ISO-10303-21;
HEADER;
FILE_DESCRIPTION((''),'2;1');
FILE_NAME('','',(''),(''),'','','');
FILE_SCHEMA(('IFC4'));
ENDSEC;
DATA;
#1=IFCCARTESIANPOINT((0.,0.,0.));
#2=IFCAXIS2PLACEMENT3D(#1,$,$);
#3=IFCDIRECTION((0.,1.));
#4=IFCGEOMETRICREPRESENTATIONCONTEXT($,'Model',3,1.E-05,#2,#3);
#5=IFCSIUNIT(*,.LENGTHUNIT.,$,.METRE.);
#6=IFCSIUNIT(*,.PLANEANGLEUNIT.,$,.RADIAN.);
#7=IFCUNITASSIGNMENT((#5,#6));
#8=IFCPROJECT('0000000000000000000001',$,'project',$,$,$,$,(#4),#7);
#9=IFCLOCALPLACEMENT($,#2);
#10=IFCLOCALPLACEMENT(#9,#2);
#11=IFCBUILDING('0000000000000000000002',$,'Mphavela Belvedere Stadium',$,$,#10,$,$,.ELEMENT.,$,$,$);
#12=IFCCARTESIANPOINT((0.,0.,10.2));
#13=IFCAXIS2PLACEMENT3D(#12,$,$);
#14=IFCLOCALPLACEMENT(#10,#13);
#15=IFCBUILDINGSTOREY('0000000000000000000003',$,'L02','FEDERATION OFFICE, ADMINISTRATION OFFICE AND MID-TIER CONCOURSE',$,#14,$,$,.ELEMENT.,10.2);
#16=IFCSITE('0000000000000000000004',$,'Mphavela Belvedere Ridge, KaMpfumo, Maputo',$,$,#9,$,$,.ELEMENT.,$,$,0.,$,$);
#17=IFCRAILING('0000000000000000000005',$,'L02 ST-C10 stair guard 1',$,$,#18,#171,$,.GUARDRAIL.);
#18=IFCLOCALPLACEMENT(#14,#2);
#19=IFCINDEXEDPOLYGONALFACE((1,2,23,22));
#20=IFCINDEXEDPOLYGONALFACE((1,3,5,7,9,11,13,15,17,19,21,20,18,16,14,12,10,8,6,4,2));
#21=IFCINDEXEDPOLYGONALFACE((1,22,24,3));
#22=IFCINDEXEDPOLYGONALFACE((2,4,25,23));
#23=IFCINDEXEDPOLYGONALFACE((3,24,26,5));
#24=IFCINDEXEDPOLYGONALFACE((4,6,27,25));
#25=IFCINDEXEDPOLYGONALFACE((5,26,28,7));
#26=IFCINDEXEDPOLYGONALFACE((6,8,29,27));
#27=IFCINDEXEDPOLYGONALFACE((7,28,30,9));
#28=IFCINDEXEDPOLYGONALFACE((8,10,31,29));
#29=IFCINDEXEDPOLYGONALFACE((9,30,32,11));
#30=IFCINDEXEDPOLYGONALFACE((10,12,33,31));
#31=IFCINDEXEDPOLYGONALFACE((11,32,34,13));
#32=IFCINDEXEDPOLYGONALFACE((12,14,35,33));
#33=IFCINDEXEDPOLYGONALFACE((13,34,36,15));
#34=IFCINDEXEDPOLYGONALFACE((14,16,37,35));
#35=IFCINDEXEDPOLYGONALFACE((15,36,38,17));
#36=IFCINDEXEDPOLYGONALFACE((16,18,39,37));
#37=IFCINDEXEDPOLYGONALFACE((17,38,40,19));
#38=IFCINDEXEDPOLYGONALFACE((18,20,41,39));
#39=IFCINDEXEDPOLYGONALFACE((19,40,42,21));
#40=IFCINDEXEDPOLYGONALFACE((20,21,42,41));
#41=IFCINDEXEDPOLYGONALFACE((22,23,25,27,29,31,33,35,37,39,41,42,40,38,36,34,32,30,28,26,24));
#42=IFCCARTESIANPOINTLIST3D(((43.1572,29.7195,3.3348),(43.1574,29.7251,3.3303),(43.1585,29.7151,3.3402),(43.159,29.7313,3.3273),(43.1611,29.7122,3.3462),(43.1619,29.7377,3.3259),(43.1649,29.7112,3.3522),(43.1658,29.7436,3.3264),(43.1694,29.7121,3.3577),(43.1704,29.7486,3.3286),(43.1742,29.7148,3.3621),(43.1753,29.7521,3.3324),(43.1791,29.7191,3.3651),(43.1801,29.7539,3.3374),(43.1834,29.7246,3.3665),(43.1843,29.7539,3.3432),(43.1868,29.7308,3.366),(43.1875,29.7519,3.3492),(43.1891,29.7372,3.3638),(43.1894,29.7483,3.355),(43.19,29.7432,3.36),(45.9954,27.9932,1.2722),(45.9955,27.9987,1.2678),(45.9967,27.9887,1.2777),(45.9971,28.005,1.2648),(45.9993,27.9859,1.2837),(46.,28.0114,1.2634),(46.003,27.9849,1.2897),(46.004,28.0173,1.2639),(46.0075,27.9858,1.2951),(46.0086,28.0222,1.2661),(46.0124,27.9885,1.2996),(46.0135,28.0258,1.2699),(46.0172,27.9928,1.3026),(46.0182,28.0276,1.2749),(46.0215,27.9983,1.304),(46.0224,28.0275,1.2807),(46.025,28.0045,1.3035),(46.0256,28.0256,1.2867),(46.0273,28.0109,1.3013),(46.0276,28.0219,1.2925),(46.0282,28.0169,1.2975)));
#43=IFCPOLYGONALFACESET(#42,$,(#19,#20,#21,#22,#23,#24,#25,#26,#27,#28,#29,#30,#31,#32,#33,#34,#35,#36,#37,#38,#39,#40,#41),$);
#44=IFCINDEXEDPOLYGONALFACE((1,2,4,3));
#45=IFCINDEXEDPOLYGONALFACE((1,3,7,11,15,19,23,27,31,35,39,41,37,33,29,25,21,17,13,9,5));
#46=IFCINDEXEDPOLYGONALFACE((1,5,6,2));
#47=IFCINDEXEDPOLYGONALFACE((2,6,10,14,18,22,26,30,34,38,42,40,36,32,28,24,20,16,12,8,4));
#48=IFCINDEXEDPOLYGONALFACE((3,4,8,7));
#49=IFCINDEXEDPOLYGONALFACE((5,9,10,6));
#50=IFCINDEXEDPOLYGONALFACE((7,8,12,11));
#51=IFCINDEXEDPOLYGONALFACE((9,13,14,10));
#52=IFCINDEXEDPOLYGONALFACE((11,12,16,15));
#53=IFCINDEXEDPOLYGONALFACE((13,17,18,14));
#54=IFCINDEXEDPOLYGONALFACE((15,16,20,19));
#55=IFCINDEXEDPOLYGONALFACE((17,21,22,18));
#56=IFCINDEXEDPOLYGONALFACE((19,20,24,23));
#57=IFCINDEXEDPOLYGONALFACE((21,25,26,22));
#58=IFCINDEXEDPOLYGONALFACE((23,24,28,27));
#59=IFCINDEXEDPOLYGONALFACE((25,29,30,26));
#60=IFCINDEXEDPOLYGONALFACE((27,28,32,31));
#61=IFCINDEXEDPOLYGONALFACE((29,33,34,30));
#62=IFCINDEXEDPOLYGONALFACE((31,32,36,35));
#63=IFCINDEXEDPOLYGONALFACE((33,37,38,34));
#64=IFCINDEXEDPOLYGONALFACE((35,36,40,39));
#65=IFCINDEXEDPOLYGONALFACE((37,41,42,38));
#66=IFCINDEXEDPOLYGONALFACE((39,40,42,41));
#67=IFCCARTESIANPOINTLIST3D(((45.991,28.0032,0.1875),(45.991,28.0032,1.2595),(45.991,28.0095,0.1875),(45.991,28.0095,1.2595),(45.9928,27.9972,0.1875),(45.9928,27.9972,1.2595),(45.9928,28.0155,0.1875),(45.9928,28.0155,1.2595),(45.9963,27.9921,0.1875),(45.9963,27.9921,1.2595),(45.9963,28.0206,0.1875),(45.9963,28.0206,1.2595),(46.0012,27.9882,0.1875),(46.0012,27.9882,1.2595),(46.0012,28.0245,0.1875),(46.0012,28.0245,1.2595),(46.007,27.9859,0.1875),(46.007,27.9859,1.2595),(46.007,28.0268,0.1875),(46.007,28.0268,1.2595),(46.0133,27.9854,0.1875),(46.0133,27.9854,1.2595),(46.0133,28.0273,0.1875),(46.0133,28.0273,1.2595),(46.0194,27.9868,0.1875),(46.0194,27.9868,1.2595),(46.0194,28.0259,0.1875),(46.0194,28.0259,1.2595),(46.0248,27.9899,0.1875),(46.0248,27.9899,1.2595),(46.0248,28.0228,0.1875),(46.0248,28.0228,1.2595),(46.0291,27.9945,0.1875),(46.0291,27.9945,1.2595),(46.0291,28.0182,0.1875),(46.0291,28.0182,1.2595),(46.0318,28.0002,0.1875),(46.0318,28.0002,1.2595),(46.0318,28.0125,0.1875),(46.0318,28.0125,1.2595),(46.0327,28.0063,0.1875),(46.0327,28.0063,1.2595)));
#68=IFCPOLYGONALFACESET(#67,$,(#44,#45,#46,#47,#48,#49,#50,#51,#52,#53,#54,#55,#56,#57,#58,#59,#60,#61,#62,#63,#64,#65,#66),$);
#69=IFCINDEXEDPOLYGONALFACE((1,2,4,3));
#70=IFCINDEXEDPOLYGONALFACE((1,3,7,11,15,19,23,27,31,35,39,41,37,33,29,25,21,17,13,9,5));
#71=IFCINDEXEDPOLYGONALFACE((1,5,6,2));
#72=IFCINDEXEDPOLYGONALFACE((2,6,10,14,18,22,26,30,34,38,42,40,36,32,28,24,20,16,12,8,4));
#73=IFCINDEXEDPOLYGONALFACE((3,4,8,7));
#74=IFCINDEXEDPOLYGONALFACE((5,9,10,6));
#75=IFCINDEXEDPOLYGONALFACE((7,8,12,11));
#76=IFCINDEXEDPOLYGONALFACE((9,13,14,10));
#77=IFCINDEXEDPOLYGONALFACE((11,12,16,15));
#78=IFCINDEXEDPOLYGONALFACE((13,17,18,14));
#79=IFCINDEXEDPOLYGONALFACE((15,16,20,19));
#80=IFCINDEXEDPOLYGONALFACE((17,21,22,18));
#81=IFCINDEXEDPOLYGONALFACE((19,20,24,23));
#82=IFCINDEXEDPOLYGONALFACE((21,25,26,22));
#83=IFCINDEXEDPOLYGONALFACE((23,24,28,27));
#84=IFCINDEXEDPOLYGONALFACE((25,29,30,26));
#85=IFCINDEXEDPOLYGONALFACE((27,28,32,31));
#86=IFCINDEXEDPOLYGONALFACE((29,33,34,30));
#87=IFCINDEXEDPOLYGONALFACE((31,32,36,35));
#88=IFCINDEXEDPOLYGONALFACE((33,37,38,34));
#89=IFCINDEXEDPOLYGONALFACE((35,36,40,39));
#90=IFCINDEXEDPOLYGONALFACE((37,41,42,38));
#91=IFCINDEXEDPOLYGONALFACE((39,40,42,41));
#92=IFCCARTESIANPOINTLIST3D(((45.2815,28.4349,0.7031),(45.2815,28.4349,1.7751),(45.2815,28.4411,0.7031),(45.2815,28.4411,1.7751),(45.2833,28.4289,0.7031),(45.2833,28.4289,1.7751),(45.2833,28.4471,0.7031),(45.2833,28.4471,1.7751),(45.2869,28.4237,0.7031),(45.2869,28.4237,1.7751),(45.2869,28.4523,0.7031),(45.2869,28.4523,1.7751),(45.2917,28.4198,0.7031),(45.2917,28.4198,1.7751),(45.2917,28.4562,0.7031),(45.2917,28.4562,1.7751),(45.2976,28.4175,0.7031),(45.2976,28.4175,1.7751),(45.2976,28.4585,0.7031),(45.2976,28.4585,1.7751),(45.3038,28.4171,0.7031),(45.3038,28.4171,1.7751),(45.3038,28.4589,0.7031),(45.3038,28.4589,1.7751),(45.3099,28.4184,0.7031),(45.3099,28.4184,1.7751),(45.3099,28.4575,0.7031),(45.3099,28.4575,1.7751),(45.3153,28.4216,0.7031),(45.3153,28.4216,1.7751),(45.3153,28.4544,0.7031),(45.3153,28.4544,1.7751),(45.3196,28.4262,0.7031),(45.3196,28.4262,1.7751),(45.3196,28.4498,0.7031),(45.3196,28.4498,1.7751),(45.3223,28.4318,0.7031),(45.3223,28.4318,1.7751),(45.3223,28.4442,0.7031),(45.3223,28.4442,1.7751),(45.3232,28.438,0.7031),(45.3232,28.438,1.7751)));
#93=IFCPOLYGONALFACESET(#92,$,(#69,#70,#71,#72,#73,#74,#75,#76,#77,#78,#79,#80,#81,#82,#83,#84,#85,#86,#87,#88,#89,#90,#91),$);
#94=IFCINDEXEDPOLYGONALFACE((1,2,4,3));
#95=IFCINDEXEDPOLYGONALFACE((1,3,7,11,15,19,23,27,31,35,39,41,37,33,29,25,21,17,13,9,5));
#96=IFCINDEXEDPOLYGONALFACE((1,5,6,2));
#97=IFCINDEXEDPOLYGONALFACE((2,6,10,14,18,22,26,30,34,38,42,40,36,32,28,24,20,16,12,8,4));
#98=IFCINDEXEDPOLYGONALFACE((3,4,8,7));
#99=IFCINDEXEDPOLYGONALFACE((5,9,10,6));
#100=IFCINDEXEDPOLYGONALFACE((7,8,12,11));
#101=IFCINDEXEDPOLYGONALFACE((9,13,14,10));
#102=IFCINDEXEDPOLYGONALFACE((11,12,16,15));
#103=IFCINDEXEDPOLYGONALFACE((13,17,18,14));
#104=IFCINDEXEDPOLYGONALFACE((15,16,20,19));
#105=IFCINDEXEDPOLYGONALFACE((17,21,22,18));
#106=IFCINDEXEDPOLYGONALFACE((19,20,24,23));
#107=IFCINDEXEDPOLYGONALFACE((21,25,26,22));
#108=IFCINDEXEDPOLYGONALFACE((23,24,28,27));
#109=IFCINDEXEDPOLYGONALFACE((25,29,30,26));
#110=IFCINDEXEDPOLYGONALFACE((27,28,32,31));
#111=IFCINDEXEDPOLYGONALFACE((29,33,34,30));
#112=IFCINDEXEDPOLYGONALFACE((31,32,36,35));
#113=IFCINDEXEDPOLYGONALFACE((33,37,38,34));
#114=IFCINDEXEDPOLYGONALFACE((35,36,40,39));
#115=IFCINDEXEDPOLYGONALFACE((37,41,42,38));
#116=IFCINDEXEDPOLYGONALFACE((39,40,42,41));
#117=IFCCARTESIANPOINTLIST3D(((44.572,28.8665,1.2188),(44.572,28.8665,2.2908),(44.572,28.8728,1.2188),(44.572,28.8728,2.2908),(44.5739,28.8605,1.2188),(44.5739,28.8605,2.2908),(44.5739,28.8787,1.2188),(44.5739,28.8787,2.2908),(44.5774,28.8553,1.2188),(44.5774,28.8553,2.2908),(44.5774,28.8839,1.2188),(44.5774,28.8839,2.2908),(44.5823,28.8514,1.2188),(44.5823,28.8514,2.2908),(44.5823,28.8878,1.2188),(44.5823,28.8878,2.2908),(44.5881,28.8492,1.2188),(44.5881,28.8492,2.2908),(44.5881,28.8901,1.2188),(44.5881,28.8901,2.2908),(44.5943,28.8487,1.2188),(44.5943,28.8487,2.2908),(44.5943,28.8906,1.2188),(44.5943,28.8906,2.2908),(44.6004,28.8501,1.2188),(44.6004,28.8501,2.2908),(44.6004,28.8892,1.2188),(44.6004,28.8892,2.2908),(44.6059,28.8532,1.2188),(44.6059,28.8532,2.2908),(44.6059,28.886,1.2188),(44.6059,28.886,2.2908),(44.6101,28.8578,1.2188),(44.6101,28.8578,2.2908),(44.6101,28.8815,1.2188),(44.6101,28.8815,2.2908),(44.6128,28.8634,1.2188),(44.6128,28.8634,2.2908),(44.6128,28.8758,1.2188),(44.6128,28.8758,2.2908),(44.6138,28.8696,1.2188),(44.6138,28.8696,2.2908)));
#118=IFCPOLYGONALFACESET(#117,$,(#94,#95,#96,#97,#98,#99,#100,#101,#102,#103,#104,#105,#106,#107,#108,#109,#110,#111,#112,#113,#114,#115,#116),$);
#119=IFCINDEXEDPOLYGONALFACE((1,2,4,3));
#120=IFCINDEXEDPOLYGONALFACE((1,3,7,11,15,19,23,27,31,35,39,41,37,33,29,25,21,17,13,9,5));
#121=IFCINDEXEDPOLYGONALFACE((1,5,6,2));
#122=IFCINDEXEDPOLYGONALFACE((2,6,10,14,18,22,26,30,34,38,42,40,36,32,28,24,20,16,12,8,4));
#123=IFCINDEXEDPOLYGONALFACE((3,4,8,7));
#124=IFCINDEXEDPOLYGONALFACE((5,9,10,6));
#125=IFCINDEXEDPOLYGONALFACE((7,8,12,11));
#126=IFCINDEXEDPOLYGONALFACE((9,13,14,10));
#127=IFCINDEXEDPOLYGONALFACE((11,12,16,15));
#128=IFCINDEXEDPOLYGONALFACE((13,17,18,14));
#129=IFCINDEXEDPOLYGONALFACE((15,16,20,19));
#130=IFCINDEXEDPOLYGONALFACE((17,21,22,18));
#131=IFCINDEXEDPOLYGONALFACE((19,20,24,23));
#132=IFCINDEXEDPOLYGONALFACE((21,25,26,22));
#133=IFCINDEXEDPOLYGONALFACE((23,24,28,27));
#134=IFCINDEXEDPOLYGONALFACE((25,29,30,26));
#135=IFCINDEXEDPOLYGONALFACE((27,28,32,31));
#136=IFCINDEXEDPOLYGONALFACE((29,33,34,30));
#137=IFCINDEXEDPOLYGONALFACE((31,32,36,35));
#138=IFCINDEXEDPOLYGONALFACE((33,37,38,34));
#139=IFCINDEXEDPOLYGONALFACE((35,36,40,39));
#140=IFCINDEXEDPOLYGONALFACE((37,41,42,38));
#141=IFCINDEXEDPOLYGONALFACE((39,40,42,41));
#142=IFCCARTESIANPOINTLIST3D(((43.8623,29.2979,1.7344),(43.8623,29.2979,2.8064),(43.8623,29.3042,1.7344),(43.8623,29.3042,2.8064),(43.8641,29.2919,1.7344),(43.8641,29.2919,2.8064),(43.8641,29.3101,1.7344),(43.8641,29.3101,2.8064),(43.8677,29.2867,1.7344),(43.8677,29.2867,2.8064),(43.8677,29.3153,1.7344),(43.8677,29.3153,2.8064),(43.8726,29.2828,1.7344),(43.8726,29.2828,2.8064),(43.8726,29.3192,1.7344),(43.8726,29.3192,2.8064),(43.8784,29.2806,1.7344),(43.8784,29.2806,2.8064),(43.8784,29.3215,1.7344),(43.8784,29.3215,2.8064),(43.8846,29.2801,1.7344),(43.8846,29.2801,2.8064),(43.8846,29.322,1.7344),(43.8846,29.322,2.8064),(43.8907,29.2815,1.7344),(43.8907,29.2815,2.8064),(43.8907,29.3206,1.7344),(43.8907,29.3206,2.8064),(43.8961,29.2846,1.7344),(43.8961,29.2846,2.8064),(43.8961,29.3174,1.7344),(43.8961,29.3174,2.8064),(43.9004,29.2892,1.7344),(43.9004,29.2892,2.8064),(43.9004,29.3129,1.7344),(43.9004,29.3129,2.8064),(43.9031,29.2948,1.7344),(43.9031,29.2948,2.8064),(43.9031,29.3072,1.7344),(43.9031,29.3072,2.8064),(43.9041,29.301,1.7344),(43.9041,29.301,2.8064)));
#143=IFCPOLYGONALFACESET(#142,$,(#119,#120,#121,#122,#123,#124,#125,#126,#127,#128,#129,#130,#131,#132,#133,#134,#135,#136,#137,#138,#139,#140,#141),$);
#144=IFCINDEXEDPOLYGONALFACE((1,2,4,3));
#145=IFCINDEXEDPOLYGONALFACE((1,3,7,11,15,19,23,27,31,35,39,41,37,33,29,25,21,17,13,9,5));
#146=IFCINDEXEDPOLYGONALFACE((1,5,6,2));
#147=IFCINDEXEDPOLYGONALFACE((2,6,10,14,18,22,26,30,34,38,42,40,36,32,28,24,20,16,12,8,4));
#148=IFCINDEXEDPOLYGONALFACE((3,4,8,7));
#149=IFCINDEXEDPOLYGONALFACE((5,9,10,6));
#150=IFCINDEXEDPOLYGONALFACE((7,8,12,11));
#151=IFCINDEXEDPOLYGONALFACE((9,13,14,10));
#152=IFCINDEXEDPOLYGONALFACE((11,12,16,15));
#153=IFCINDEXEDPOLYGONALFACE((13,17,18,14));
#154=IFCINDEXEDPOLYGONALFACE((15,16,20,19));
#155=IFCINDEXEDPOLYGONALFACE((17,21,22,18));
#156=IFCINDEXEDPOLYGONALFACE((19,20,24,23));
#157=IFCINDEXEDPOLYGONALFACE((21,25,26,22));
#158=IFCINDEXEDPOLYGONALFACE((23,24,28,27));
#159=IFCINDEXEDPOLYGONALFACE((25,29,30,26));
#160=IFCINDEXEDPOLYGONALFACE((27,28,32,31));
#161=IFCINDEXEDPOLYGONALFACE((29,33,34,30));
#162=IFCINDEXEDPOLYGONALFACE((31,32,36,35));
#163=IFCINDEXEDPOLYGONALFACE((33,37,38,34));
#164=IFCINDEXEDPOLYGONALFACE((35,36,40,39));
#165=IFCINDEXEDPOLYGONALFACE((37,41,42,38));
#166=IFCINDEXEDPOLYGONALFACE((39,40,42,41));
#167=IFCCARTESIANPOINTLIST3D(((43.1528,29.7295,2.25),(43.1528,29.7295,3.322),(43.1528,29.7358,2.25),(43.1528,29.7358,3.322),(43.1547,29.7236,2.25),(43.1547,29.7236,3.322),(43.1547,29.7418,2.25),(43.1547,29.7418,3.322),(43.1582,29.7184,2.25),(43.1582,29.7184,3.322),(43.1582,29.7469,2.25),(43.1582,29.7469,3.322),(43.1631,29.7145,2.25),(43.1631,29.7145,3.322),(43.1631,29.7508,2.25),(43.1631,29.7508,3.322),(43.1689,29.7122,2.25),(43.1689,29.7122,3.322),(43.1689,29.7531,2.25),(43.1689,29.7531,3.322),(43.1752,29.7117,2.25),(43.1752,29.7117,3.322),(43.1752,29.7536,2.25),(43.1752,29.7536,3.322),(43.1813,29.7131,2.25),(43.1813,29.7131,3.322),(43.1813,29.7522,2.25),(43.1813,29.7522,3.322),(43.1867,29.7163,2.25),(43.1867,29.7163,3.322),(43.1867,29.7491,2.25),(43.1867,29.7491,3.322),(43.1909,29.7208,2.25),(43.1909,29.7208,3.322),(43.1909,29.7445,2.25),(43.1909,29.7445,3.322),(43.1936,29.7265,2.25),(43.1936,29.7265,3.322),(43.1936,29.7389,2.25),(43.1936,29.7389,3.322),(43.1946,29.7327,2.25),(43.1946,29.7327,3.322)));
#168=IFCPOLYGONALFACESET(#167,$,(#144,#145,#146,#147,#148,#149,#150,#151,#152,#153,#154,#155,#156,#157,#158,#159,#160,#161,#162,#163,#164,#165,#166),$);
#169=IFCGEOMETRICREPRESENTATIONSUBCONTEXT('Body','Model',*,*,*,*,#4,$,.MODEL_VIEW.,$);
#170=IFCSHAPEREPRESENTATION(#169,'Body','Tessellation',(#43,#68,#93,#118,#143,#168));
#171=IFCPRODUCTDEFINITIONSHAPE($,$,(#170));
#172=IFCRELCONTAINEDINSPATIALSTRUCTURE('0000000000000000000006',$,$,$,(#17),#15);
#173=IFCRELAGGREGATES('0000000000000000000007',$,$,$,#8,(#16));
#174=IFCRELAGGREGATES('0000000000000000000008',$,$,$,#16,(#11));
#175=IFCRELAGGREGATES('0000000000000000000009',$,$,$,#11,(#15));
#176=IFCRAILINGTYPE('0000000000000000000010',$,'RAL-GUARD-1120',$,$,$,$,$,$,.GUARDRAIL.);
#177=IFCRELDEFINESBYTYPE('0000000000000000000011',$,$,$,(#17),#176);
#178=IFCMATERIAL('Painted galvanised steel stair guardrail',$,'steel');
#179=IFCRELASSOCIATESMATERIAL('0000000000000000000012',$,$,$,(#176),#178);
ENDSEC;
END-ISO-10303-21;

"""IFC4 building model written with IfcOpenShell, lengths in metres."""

from ifc_helpers import new_model, si_unit, direction, frame, origin, origin_2d, place, context, subcontext, project, spatial, circle, extrude, material, type_object, element, save


model = new_model("IFC4")

# Units and contexts
model_context = context("Model", 3, precision=1e-05, world=origin(), true_north=direction((0.0, 1.0)))
body_context = subcontext(model_context, "Body", "Model", "MODEL_VIEW")
ifc_project = project(units=[si_unit("LENGTHUNIT", "METRE"), si_unit("PLANEANGLEUNIT", "RADIAN")], contexts=[model_context])

# Site, building, storey
site_placement = place(None, origin())
site = spatial("IfcSite", under=ifc_project, at=site_placement, Name="Mphavela Belvedere Ridge, KaMpfumo, Maputo", CompositionType="ELEMENT", RefElevation=0.0)
building_placement = place(site_placement, origin())
building = spatial("IfcBuilding", under=site, at=building_placement, Name="Mphavela Belvedere Stadium", CompositionType="ELEMENT")
storey_placement = place(building_placement, frame((0.0, 0.0, 10.2)))
storey = spatial("IfcBuildingStorey", under=building, at=storey_placement, Name="L02", Description="FEDERATION OFFICE, ADMINISTRATION OFFICE AND MID-TIER CONCOURSE", CompositionType="ELEMENT", Elevation=10.2)

# Railing
ifc_material_1 = material(Name="Painted galvanised steel stair guardrail", Category="steel")
railing_type_1 = type_object("IfcRailingType", Name="RAL-GUARD-1120", PredefinedType="GUARDRAIL", material=ifc_material_1)
railing_1_placement = place(storey_placement, frame((46.0117, 28.0063, 0.1875)))
element("IfcRailing", 1, at=railing_1_placement, inside=storey, type_object=railing_type_1, Name="L02 ST-C10 stair guard 1", PredefinedType="GUARDRAIL", context=body_context, shape_type="SweptSolid", body=[
    extrude(circle(Radius=0.0239, at=origin_2d()), frame((0.0, 0.0, 1.0962), z_axis=(-0.725842, 0.441499, 0.527477), x_axis=(-0.519674, -0.854365, 0.0)), (0.0, 0.0, 1.0), 3.9102),
    extrude(circle(Radius=0.021, at=origin_2d()), origin(), (0.0, 0.0, 1.0), 1.072),
    extrude(circle(Radius=0.021, at=origin_2d()), frame((-0.7095, 0.4316, 0.5156)), (0.0, 0.0, 1.0), 1.072),
    extrude(circle(Radius=0.021, at=origin_2d()), frame((-1.4189, 0.8633, 1.0312)), (0.0, 0.0, 1.0), 1.072),
    extrude(circle(Radius=0.021, at=origin_2d()), frame((-2.1287, 1.2947, 1.5469)), (0.0, 0.0, 1.0), 1.072),
    extrude(circle(Radius=0.021, at=origin_2d()), frame((-2.8381, 1.7263, 2.0625)), (0.0, 0.0, 1.0), 1.072),
])

save(model, "model.ifc")
